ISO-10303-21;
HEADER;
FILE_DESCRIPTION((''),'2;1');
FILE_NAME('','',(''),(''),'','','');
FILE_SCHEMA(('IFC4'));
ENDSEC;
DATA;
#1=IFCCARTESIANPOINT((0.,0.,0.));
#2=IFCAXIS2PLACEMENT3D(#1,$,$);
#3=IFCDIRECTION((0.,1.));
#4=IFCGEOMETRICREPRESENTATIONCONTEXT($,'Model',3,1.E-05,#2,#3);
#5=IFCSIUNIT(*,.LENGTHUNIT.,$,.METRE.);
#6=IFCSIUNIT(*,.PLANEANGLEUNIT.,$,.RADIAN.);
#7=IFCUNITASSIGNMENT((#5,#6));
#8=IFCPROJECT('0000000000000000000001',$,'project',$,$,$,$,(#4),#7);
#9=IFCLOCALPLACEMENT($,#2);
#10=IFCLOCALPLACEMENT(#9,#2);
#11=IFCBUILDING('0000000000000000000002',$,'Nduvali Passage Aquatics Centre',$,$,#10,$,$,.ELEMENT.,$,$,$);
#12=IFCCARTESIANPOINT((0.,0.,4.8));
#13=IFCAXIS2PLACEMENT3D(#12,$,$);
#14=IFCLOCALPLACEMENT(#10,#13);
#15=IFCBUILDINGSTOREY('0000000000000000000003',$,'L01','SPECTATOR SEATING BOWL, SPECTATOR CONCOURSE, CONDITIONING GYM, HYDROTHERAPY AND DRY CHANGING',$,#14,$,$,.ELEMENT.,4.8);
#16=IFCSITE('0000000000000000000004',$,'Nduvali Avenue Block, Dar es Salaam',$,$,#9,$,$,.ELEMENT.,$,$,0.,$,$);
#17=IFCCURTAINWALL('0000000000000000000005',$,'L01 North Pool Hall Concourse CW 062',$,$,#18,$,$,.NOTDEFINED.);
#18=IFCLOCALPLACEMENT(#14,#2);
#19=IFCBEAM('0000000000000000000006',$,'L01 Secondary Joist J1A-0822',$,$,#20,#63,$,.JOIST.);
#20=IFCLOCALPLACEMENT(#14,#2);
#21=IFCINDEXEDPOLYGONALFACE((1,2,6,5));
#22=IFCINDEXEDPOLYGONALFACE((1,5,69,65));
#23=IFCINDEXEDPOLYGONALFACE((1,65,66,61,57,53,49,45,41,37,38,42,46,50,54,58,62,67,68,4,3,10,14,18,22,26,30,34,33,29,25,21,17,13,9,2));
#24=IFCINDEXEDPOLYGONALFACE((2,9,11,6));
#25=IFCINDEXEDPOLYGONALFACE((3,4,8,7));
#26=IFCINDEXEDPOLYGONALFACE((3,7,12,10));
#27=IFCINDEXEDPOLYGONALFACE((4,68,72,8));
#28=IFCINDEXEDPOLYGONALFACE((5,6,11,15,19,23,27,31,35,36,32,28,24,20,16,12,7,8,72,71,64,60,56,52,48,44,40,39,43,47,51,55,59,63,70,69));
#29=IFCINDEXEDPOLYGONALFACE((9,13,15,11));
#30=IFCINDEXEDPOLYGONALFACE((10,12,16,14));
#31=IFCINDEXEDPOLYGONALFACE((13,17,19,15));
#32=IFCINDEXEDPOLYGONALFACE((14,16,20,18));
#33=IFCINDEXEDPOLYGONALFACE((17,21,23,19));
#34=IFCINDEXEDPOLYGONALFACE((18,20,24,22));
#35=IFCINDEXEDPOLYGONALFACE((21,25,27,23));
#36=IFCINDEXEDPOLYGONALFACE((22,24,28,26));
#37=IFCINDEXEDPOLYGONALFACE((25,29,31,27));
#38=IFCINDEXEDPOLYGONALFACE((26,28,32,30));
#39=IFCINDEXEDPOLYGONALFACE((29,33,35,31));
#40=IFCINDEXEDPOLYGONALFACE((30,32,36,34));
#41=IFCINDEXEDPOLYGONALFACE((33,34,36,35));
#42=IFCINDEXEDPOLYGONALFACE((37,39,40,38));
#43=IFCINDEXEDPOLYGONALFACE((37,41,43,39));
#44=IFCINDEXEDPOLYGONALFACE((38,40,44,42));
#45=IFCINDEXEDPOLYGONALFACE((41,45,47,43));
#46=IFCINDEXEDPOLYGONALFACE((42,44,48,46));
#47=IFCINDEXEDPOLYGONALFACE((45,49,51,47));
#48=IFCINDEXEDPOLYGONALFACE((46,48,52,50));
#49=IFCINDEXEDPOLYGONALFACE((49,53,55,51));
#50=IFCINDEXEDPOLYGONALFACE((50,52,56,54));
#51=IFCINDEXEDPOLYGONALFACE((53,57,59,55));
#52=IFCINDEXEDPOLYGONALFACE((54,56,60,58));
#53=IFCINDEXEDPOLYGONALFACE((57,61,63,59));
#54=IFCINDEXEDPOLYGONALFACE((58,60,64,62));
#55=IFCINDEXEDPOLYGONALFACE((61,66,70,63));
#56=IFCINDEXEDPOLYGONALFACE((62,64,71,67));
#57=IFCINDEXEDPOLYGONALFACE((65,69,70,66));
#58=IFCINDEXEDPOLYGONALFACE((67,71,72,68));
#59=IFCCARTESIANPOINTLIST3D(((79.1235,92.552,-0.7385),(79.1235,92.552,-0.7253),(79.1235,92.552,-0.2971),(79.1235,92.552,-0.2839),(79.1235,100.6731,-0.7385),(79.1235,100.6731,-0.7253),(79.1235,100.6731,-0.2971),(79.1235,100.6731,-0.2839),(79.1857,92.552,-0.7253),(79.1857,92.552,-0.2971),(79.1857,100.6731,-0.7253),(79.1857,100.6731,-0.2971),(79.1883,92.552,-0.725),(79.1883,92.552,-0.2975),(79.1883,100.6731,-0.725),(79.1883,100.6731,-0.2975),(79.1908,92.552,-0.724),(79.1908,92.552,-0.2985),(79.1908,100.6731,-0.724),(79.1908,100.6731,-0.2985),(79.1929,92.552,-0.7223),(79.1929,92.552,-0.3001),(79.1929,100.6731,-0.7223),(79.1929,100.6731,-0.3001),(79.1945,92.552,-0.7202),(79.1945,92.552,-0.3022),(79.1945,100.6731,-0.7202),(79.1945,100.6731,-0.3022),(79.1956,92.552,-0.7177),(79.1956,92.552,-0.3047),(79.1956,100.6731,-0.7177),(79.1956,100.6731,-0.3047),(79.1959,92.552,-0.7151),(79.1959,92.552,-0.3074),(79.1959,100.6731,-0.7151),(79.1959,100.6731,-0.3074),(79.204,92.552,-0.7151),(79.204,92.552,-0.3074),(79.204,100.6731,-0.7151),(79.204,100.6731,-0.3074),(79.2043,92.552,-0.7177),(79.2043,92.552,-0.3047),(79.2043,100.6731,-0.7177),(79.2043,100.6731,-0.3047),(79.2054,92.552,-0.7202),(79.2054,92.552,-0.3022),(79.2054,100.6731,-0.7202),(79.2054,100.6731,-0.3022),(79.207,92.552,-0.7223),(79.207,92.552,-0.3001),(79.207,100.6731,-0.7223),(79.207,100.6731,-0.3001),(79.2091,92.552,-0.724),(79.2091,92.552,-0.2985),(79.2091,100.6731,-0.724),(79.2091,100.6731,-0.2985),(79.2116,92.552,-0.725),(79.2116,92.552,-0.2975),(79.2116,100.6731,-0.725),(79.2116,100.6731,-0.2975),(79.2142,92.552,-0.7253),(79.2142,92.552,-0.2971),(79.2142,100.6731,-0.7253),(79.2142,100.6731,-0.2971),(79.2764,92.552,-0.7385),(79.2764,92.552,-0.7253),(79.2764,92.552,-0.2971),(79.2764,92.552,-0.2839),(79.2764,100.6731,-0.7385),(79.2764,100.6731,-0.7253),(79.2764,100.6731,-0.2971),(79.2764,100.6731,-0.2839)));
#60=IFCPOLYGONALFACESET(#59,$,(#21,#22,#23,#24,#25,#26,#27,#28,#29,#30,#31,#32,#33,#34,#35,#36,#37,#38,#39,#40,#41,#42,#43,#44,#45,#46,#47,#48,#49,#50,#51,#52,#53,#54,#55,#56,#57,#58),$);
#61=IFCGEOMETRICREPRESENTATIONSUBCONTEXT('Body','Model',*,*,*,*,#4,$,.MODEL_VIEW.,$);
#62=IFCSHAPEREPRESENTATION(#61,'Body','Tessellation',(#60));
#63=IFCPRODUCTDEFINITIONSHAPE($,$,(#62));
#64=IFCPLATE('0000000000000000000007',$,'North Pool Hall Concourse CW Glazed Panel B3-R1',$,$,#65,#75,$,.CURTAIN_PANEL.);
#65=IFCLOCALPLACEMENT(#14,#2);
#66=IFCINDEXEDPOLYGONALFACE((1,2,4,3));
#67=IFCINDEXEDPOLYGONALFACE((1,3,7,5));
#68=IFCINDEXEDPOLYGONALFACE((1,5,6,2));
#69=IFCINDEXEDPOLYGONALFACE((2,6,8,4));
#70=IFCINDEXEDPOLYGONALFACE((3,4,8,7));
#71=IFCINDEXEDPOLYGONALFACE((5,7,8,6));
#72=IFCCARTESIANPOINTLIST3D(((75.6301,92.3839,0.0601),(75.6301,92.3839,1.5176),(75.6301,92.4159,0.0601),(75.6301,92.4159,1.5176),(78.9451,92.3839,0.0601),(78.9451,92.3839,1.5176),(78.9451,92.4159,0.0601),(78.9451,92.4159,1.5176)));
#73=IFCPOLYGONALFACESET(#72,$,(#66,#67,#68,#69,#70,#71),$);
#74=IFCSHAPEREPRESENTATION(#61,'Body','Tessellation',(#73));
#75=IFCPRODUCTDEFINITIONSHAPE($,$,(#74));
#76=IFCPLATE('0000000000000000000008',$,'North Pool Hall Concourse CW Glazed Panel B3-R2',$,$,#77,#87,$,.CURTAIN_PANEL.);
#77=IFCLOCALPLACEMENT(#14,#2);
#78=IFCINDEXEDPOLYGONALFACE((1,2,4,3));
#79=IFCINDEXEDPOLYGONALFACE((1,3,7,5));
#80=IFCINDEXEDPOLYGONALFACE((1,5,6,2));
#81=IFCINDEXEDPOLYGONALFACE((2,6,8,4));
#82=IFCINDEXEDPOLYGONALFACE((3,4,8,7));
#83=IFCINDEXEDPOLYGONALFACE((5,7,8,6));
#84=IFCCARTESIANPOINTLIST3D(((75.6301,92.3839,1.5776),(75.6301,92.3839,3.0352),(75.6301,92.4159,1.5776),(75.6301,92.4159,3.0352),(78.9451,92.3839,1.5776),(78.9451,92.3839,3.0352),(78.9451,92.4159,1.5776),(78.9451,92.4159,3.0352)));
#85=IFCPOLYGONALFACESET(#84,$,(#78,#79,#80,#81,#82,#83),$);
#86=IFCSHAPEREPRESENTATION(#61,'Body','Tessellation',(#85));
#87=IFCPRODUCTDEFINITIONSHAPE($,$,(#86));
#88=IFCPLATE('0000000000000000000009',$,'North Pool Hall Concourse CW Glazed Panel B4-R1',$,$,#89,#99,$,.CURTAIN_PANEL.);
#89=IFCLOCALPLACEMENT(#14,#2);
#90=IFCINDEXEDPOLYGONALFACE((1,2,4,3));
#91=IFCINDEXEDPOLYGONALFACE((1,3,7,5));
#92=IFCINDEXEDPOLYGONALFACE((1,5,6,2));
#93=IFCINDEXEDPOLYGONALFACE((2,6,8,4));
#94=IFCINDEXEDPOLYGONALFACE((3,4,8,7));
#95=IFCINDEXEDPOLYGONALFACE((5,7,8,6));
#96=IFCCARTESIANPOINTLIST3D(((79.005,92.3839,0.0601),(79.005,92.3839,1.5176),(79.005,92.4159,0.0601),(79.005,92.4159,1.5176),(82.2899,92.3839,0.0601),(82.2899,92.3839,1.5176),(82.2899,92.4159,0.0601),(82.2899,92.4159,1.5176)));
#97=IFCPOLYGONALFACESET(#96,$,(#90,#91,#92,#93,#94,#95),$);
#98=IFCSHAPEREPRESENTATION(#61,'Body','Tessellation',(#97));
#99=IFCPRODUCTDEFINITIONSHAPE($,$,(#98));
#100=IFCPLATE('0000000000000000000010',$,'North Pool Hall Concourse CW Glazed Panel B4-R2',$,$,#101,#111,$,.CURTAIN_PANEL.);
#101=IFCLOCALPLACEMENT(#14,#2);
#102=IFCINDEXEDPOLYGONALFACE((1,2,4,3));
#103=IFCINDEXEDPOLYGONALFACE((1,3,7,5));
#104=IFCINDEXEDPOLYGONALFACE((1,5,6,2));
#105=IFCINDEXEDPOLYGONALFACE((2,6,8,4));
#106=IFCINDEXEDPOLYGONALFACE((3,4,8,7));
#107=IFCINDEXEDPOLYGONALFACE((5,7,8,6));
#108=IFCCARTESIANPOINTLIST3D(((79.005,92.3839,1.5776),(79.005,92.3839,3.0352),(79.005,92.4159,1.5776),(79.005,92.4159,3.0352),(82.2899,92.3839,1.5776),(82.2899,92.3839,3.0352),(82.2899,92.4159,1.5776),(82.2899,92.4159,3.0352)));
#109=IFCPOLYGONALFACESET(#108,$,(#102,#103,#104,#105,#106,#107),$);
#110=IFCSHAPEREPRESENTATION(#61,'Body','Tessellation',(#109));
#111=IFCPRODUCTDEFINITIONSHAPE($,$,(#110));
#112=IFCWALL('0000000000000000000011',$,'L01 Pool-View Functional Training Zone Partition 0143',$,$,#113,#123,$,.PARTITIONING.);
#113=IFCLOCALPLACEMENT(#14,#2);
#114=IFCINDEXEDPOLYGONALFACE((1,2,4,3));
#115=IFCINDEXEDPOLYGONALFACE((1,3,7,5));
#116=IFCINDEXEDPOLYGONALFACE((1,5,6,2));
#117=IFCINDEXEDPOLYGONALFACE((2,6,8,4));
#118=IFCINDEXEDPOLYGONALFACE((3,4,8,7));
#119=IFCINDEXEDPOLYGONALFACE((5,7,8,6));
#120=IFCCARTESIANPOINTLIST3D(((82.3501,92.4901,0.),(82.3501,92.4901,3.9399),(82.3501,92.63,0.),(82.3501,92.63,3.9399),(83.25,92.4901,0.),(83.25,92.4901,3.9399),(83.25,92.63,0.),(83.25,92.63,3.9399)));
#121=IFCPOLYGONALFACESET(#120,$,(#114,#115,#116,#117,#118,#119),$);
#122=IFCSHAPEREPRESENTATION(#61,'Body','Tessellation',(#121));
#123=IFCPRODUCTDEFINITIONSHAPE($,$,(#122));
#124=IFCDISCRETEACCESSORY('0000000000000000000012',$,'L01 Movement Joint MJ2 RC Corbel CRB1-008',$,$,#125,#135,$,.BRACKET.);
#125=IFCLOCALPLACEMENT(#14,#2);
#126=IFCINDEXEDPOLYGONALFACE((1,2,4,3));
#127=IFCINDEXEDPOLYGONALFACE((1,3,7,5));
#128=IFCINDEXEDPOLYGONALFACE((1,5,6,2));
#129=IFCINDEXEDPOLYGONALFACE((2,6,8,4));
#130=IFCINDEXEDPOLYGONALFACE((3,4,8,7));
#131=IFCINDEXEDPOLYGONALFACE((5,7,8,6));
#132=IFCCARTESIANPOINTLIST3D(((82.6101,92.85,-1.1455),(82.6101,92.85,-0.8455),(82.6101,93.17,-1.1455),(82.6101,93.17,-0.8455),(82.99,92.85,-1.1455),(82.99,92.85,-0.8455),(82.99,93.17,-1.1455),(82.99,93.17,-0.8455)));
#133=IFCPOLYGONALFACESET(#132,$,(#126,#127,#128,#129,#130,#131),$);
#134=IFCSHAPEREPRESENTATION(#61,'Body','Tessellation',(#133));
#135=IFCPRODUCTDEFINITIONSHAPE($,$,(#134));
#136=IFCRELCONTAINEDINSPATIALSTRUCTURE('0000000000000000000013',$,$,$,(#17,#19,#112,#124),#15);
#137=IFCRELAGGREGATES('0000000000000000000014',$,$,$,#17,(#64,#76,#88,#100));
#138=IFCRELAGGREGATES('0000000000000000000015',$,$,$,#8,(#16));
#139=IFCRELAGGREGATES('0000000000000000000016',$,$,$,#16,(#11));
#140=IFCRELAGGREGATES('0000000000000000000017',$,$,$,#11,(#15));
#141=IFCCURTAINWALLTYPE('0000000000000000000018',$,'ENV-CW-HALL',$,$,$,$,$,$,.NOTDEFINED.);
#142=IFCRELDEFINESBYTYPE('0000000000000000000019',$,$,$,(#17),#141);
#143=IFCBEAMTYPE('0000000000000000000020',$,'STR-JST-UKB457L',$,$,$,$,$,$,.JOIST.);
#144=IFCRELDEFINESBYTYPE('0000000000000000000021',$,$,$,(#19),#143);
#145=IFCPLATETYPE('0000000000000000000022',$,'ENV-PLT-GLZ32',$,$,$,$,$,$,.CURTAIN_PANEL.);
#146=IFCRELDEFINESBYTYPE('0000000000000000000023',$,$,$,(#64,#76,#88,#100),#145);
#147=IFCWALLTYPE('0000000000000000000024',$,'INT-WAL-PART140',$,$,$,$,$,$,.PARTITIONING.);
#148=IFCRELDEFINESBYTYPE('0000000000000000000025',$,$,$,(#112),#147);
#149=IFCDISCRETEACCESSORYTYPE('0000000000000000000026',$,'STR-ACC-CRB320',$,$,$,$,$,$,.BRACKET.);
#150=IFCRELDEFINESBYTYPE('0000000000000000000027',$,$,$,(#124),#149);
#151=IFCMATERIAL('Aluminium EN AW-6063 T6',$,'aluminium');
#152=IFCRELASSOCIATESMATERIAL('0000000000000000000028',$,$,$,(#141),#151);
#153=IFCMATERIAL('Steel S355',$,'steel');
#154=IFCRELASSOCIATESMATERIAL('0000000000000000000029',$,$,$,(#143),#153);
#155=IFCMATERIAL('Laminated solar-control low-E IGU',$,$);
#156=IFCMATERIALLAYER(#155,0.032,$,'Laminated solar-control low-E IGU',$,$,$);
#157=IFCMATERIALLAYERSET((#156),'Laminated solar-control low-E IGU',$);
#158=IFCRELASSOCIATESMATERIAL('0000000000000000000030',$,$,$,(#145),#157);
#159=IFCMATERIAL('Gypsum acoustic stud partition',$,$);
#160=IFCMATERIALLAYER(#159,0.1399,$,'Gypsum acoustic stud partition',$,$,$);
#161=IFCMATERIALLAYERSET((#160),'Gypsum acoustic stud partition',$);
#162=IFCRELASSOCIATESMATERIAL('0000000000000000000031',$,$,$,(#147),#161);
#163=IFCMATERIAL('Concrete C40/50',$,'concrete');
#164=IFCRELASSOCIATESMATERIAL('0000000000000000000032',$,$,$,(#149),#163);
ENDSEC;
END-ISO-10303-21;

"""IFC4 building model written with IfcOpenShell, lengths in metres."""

from ifc_helpers import new_model, si_unit, direction, frame, frame_2d, origin, origin_2d, place, context, subcontext, project, spatial, rectangle, i_section, extrude, material, layer, layer_set, material_profile, profile_set, type_object, element, aggregate, save


model = new_model("IFC4")

# Units and contexts
model_context = context("Model", 3, precision=1e-05, world=origin(), true_north=direction((0.0, 1.0)))
body_context = subcontext(model_context, "Body", "Model", "MODEL_VIEW")
ifc_project = project(units=[si_unit("LENGTHUNIT", "METRE"), si_unit("PLANEANGLEUNIT", "RADIAN")], contexts=[model_context])

# Site, building, storey
site_placement = place(None, origin())
site = spatial("IfcSite", under=ifc_project, at=site_placement, Name="Nduvali Avenue Block, Dar es Salaam", CompositionType="ELEMENT", RefElevation=0.0)
building_placement = place(site_placement, origin())
building = spatial("IfcBuilding", under=site, at=building_placement, Name="Nduvali Passage Aquatics Centre", CompositionType="ELEMENT")
storey_placement = place(building_placement, frame((0.0, 0.0, 4.8)))
storey = spatial("IfcBuildingStorey", under=building, at=storey_placement, Name="L01", Description="SPECTATOR SEATING BOWL, SPECTATOR CONCOURSE, CONDITIONING GYM, HYDROTHERAPY AND DRY CHANGING", CompositionType="ELEMENT", Elevation=4.8)

# Shared definitions
ifc_material_1 = material(Name="Concrete C40/50", Category="concrete")

# Curtain wall
ifc_material_2 = material(Name="Aluminium EN AW-6063 T6", Category="aluminium")
curtain_wall_type = type_object("IfcCurtainWallType", Name="ENV-CW-HALL", PredefinedType="NOTDEFINED", material=ifc_material_2)
curtain_wall_placement = place(storey_placement, origin())
curtain_wall = element("IfcCurtainWall", 1, at=curtain_wall_placement, inside=storey, type_object=curtain_wall_type, Name="L01 North Pool Hall Concourse CW 062", PredefinedType="NOTDEFINED")

# Beam
ifc_material_3 = material(Name="Steel S355", Category="steel")
ifc_material_profile_1 = material_profile(ifc_material_3, i_section(OverallWidth=0.1528, OverallDepth=0.4546, WebThickness=0.0081, FlangeThickness=0.0132, FilletRadius=0.0103, at=origin_2d()), Name="UKB 457x152x60")
ifc_profile_set_1 = profile_set([ifc_material_profile_1], Name="Steel S355")
beam_type_1 = type_object("IfcBeamType", Name="STR-JST-UKB457L", PredefinedType="JOIST", material=ifc_profile_set_1)
for number, where, z_axis, x_axis, name in (
    (2, (79.2, 92.552, -0.5112), (0.0, 1.0, 0.0), (-1.0, 0.0, 0.0), "L01 Secondary Joist J1A-0822"),
):
    element("IfcBeam", number, at=place(storey_placement, frame(where, z_axis=z_axis, x_axis=x_axis)), inside=storey, type_object=beam_type_1, Name=name, PredefinedType="JOIST", context=body_context, shape_type="SweptSolid", body=[
        extrude(i_section(OverallWidth=0.1528, OverallDepth=0.4546, WebThickness=0.0081, FlangeThickness=0.0132, FilletRadius=0.0103, at=origin_2d()), origin(), (0.0, 0.0, 1.0), 8.1211),
    ])

# Plates
ifc_material_4 = material(Name="Laminated solar-control low-E IGU")
ifc_layer_1 = layer(ifc_material_4, 0.032, Name="Laminated solar-control low-E IGU")
ifc_layer_set_1 = layer_set([ifc_layer_1], Name="Laminated solar-control low-E IGU")
plate_type = type_object("IfcPlateType", Name="ENV-PLT-GLZ32", PredefinedType="CURTAIN_PANEL", material=ifc_layer_set_1)
plate_1_placement = place(storey_placement, frame((77.2876, 92.3999, 0.0601), z_axis=(0.0, 0.0, 1.0), x_axis=(1.0, 0.0, 0.0)))
plate_1 = element("IfcPlate", 3, at=plate_1_placement, type_object=plate_type, Name="North Pool Hall Concourse CW Glazed Panel B3-R1", PredefinedType="CURTAIN_PANEL", context=body_context, shape_type="SweptSolid", body=[
    extrude(rectangle(XDim=3.3149, YDim=0.032, at=origin_2d()), origin(), (0.0, 0.0, 1.0), 1.4575),
])
plate_2_placement = place(storey_placement, frame((77.2876, 92.3999, 1.5776), z_axis=(0.0, 0.0, 1.0), x_axis=(1.0, 0.0, 0.0)))
plate_2 = element("IfcPlate", 4, at=plate_2_placement, type_object=plate_type, Name="North Pool Hall Concourse CW Glazed Panel B3-R2", PredefinedType="CURTAIN_PANEL", context=body_context, shape_type="SweptSolid", body=[
    extrude(rectangle(XDim=3.3149, YDim=0.032, at=origin_2d()), origin(), (0.0, 0.0, 1.0), 1.4575),
])
plate_3_placement = place(storey_placement, frame((80.6475, 92.3999, 0.0601), z_axis=(0.0, 0.0, 1.0), x_axis=(1.0, 0.0, 0.0)))
plate_3 = element("IfcPlate", 5, at=plate_3_placement, type_object=plate_type, Name="North Pool Hall Concourse CW Glazed Panel B4-R1", PredefinedType="CURTAIN_PANEL", context=body_context, shape_type="SweptSolid", body=[
    extrude(rectangle(XDim=3.2849, YDim=0.032, at=origin_2d()), origin(), (0.0, 0.0, 1.0), 1.4575),
])
plate_4_placement = place(storey_placement, frame((80.6475, 92.3999, 1.5776), z_axis=(0.0, 0.0, 1.0), x_axis=(1.0, 0.0, 0.0)))
plate_4 = element("IfcPlate", 6, at=plate_4_placement, type_object=plate_type, Name="North Pool Hall Concourse CW Glazed Panel B4-R2", PredefinedType="CURTAIN_PANEL", context=body_context, shape_type="SweptSolid", body=[
    extrude(rectangle(XDim=3.2849, YDim=0.032, at=origin_2d()), origin(), (0.0, 0.0, 1.0), 1.4575),
])
aggregate(curtain_wall, [plate_1, plate_2, plate_3, plate_4])

# Wall
ifc_material_5 = material(Name="Gypsum acoustic stud partition")
ifc_layer_2 = layer(ifc_material_5, 0.1399, Name="Gypsum acoustic stud partition")
ifc_layer_set_2 = layer_set([ifc_layer_2], Name="Gypsum acoustic stud partition")
wall_type = type_object("IfcWallType", Name="INT-WAL-PART140", PredefinedType="PARTITIONING", material=ifc_layer_set_2)
wall_placement = place(storey_placement, frame((82.3501, 92.5601, 0.0), z_axis=(0.0, 0.0, 1.0), x_axis=(1.0, 0.0, 0.0)))
element("IfcWall", 7, at=wall_placement, inside=storey, type_object=wall_type, Name="L01 Pool-View Functional Training Zone Partition 0143", PredefinedType="PARTITIONING", context=body_context, shape_type="SweptSolid", body=[
    extrude(rectangle(XDim=0.8999, YDim=0.1399, at=frame_2d((0.45, 0.0))), origin(), (0.0, 0.0, 1.0), 3.9399),
])

# Discrete accessory
discrete_accessory_type = type_object("IfcDiscreteAccessoryType", Name="STR-ACC-CRB320", PredefinedType="BRACKET", material=ifc_material_1)
discrete_accessory_placement = place(storey_placement, frame((82.8, 93.01, -1.1455), z_axis=(0.0, 0.0, 1.0), x_axis=(0.0, 1.0, 0.0)))
element("IfcDiscreteAccessory", 8, at=discrete_accessory_placement, inside=storey, type_object=discrete_accessory_type, Name="L01 Movement Joint MJ2 RC Corbel CRB1-008", PredefinedType="BRACKET", context=body_context, shape_type="SweptSolid", body=[
    extrude(rectangle(XDim=0.3201, YDim=0.3799, at=origin_2d()), origin(), (0.0, 0.0, 1.0), 0.3),
])

save(model, "model.ifc")
